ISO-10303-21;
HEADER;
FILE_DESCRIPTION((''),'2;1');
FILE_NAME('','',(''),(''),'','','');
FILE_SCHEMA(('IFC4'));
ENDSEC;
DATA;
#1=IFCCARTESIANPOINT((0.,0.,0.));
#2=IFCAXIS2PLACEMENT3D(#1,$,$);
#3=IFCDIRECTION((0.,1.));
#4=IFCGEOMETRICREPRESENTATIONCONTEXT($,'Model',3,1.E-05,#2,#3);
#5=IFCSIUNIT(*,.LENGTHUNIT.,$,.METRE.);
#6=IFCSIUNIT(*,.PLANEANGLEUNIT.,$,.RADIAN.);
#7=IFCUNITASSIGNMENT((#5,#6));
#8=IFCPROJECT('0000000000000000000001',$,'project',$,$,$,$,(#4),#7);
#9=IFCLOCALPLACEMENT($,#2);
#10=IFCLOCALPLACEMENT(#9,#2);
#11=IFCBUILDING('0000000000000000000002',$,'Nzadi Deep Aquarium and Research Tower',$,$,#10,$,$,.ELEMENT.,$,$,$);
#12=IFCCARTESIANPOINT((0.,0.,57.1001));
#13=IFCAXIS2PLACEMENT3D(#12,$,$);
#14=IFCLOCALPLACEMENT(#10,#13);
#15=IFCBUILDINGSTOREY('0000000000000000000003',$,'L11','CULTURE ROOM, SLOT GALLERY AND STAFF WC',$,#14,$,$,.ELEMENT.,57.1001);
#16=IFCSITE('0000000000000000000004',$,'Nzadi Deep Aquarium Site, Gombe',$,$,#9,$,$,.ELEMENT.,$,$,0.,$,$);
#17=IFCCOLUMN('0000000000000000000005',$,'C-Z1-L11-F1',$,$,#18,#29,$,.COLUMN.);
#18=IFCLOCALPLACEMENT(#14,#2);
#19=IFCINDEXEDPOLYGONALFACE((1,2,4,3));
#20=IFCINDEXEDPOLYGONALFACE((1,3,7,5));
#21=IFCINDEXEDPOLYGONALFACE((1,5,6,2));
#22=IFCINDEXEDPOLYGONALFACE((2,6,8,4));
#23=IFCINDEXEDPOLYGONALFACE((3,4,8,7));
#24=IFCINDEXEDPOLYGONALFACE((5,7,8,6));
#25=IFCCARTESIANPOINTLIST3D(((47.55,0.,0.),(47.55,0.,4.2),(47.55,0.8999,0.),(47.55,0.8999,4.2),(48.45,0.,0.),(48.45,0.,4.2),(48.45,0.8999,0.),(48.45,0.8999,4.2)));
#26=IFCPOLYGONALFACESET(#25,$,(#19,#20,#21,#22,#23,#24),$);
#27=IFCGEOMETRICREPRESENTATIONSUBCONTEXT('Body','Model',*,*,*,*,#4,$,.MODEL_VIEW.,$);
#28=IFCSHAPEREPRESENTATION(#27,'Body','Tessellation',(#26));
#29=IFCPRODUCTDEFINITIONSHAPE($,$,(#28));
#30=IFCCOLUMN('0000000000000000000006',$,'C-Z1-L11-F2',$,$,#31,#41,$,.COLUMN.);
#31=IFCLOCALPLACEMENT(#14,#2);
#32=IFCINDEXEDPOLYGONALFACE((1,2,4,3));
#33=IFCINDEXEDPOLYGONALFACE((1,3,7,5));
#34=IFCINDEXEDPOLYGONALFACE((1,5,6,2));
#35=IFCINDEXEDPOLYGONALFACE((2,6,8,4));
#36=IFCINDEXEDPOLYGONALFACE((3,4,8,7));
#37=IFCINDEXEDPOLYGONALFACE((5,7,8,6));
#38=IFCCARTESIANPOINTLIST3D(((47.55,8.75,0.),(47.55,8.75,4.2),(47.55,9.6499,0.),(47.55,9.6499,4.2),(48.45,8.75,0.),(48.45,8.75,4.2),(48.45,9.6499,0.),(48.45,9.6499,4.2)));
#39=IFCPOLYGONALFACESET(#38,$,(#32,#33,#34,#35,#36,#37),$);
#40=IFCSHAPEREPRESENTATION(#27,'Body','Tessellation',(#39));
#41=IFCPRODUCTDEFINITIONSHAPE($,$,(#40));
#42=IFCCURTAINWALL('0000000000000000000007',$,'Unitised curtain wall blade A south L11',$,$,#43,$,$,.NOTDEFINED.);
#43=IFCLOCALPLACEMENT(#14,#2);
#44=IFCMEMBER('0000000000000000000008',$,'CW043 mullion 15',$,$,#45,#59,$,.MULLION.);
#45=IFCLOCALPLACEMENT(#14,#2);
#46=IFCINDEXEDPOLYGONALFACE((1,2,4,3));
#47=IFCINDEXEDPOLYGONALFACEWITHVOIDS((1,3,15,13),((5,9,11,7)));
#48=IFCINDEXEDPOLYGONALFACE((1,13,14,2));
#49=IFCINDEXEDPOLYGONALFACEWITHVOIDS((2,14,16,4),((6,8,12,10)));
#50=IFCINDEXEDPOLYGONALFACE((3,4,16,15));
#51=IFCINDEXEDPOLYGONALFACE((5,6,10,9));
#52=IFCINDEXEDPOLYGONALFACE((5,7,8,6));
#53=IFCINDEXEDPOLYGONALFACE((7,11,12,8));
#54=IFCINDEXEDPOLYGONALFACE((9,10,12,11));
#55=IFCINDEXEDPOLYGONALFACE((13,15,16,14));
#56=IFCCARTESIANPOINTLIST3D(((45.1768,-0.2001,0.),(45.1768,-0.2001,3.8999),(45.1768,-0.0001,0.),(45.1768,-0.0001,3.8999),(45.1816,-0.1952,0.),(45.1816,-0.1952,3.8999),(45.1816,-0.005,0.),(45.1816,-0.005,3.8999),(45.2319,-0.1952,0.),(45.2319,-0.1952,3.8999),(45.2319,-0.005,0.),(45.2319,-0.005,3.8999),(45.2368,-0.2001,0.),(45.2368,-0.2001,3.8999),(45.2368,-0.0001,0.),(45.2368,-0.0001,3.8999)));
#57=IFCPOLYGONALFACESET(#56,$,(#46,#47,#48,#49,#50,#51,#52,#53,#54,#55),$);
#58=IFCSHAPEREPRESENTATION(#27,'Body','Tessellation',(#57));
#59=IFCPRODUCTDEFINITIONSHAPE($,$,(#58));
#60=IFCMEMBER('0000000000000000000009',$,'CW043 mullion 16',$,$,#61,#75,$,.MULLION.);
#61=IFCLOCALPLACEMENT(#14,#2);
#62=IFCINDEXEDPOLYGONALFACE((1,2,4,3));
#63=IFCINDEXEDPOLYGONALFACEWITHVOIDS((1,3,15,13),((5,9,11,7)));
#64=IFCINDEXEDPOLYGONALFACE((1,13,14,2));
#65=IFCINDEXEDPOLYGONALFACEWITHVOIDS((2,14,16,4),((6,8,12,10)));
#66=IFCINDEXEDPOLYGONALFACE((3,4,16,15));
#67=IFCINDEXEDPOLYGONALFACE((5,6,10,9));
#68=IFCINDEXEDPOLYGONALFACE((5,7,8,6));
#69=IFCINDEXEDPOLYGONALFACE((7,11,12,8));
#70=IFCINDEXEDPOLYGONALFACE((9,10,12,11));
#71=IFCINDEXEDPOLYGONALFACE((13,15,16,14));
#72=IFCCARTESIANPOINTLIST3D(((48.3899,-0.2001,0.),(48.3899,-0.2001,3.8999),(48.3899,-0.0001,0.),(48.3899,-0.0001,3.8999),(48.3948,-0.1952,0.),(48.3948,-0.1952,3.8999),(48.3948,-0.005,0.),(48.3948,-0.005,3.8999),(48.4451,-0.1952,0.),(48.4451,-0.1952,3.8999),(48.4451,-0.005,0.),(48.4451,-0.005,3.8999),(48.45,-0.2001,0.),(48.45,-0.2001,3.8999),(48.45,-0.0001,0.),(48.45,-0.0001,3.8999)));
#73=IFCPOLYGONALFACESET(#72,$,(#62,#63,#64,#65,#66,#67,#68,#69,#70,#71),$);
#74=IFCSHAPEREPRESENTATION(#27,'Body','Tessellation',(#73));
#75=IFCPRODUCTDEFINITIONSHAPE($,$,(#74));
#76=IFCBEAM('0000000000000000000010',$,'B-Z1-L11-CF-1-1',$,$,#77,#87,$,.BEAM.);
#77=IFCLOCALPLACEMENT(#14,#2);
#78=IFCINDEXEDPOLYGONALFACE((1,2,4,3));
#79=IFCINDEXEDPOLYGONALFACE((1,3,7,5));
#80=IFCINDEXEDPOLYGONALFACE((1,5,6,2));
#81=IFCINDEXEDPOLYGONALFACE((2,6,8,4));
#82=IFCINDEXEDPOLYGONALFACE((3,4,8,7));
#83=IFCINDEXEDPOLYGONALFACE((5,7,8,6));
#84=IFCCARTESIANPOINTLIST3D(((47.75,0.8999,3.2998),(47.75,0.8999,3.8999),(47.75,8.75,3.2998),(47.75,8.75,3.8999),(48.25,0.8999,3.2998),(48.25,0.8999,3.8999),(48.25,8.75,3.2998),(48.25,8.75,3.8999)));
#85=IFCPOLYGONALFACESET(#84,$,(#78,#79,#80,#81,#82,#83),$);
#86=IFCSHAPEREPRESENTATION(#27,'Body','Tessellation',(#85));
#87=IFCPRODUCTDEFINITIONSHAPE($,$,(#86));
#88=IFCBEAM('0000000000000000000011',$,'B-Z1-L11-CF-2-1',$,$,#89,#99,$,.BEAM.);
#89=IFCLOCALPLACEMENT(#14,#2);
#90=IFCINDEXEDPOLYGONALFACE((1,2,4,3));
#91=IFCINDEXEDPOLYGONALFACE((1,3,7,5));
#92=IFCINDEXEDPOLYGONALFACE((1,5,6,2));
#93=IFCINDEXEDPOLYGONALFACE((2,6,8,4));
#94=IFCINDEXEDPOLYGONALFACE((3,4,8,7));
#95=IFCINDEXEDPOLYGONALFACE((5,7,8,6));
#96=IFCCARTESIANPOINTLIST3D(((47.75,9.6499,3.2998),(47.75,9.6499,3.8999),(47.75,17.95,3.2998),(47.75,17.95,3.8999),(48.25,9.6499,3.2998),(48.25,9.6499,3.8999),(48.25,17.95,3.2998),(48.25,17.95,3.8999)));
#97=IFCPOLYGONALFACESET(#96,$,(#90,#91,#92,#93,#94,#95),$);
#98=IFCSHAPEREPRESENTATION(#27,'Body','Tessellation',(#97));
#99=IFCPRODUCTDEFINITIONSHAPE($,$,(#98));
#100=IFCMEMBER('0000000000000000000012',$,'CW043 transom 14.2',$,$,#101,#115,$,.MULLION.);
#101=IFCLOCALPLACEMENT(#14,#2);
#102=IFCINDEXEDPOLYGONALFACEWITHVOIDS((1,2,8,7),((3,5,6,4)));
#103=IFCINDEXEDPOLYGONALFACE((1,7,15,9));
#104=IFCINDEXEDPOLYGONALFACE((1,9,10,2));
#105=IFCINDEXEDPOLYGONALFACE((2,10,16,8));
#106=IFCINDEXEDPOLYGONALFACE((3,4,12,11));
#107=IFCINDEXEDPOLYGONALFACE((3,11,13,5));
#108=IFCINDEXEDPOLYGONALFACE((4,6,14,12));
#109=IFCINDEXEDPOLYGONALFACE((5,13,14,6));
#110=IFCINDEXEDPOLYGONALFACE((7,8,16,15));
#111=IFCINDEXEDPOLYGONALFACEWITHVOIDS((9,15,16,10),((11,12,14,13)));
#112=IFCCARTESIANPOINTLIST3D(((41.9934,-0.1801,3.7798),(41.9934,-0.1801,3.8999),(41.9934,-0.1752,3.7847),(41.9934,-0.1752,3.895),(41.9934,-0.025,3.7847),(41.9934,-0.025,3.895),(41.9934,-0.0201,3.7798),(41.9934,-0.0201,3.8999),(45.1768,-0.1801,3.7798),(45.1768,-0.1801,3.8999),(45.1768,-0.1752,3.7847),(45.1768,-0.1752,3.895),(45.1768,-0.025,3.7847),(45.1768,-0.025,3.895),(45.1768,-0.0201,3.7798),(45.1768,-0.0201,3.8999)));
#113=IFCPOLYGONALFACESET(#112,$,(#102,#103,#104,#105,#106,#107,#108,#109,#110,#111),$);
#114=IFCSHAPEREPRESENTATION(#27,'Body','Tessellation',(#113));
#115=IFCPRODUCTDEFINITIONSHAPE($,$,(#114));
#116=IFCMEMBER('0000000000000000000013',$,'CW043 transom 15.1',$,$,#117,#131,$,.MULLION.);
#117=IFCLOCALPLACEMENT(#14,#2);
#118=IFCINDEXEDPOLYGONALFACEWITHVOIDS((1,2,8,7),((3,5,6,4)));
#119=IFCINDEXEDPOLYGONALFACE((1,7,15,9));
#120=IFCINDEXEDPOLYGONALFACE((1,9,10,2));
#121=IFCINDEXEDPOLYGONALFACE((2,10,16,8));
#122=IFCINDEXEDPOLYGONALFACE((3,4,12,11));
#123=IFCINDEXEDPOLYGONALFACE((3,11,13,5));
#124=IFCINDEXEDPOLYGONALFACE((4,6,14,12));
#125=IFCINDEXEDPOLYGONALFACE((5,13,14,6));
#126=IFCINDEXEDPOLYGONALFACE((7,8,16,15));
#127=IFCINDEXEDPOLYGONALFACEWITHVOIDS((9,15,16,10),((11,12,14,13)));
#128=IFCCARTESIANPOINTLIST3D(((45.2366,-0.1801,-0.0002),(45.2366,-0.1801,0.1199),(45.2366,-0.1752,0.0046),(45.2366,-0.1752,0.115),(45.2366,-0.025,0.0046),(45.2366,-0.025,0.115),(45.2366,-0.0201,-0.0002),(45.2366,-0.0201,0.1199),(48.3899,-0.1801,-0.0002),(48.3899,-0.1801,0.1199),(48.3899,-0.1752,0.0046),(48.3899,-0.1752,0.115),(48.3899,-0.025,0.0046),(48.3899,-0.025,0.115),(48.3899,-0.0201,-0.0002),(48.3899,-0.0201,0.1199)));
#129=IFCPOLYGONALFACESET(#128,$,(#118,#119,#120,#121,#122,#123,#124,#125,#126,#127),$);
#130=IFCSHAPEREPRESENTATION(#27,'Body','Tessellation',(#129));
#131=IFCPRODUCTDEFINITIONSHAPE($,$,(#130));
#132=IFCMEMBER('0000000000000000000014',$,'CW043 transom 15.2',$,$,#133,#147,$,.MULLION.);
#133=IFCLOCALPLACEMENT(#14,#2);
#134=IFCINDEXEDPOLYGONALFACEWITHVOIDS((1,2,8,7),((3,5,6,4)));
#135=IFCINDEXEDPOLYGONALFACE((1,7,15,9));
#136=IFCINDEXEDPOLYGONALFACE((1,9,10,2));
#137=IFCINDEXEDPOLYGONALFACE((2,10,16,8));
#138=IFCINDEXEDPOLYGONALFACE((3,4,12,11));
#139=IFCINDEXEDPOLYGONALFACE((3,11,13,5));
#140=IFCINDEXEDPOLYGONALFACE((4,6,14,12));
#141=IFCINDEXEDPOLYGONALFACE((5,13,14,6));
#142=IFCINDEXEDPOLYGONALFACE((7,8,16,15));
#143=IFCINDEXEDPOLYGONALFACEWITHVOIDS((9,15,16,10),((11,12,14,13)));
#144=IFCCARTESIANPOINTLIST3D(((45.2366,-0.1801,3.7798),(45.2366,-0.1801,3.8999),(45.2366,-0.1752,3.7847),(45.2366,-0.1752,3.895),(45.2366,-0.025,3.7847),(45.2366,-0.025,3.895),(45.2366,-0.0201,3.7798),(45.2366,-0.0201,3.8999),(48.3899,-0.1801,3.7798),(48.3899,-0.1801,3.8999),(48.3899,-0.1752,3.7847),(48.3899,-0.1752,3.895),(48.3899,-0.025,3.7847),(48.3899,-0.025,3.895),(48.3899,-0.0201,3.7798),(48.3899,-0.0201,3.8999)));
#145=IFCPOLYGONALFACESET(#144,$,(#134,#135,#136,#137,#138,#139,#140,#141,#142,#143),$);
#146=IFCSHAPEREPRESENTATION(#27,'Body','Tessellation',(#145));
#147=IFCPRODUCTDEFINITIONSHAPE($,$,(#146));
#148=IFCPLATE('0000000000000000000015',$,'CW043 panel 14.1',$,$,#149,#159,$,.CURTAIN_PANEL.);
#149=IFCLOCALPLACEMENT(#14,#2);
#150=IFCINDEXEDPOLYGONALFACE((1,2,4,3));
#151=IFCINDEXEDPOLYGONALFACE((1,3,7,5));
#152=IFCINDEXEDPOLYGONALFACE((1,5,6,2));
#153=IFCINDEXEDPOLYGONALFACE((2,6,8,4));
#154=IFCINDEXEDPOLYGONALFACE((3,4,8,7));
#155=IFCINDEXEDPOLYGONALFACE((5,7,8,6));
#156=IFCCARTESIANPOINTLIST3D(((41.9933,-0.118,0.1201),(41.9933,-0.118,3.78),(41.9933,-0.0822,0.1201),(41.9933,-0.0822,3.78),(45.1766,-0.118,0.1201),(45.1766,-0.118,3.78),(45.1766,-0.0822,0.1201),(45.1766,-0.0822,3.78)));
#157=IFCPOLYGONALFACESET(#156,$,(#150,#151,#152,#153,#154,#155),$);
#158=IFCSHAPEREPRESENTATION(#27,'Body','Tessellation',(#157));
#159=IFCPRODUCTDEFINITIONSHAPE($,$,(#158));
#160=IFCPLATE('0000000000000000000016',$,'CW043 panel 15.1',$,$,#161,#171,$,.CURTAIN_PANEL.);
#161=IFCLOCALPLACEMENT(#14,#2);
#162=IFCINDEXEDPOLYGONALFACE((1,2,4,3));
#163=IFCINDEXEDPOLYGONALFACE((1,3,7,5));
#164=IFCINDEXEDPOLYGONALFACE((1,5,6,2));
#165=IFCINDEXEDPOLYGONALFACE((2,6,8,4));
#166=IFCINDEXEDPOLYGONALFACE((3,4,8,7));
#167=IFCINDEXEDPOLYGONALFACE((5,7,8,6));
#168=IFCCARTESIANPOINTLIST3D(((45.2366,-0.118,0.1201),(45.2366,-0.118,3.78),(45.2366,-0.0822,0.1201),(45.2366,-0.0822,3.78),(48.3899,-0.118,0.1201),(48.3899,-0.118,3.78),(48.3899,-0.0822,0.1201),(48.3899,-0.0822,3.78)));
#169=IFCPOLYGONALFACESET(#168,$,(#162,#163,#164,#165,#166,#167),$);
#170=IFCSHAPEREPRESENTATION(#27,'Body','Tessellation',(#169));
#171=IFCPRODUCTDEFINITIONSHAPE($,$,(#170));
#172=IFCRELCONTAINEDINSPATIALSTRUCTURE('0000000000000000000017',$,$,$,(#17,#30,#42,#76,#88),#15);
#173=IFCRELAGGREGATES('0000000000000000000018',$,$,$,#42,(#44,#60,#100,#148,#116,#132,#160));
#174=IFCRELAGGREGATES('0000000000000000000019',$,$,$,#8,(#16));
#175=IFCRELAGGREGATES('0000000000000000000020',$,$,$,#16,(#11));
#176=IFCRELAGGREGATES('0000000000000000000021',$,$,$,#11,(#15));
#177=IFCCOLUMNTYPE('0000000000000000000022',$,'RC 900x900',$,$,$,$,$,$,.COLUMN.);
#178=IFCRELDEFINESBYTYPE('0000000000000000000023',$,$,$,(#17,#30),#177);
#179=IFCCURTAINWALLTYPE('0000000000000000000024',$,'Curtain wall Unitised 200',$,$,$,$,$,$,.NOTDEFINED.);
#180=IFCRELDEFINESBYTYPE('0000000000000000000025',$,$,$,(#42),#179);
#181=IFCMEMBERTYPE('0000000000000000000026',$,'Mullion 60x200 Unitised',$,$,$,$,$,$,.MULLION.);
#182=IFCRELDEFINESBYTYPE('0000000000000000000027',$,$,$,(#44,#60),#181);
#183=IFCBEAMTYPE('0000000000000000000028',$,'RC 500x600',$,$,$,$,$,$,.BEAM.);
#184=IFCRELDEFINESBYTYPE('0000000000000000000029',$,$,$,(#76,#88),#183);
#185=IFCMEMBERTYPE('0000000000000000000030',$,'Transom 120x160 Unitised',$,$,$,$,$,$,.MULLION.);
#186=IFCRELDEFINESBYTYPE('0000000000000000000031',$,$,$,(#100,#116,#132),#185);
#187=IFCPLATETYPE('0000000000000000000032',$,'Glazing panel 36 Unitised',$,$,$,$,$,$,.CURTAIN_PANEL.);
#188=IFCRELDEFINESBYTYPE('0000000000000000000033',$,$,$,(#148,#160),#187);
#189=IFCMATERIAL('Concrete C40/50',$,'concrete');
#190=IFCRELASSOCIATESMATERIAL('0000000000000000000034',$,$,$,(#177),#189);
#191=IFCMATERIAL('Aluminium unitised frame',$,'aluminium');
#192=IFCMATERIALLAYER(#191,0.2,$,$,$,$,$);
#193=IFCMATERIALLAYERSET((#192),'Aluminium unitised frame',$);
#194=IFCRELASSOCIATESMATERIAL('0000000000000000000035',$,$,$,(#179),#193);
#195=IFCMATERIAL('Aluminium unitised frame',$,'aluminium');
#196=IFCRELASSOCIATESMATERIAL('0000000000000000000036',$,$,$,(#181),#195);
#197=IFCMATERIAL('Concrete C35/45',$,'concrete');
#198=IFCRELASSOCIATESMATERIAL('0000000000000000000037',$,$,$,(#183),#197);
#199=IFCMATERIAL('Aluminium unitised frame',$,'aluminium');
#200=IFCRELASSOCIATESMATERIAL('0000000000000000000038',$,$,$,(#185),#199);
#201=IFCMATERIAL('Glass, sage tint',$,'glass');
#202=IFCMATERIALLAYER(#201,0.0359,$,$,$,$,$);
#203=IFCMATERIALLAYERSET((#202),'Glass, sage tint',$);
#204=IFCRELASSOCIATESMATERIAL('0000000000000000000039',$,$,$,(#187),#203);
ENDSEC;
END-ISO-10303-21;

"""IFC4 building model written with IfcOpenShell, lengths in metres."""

from ifc_helpers import new_model, si_unit, direction, frame, origin, origin_2d, place, context, subcontext, project, spatial, rectangle, hollow_rectangle, extrude, material, layer, layer_set, material_profile, profile_set, type_object, element, aggregate, save


model = new_model("IFC4")

# Units and contexts
model_context = context("Model", 3, precision=1e-05, world=origin(), true_north=direction((0.0, 1.0)))
body_context = subcontext(model_context, "Body", "Model", "MODEL_VIEW")
ifc_project = project(units=[si_unit("LENGTHUNIT", "METRE"), si_unit("PLANEANGLEUNIT", "RADIAN")], contexts=[model_context])

# Site, building, storey
site_placement = place(None, origin())
site = spatial("IfcSite", under=ifc_project, at=site_placement, Name="Nzadi Deep Aquarium Site, Gombe", CompositionType="ELEMENT", RefElevation=0.0)
building_placement = place(site_placement, origin())
building = spatial("IfcBuilding", under=site, at=building_placement, Name="Nzadi Deep Aquarium and Research Tower", CompositionType="ELEMENT")
storey_placement = place(building_placement, frame((0.0, 0.0, 57.1001)))
storey = spatial("IfcBuildingStorey", under=building, at=storey_placement, Name="L11", Description="CULTURE ROOM, SLOT GALLERY AND STAFF WC", CompositionType="ELEMENT", Elevation=57.1001)

# Columns
ifc_material_1 = material(Name="Concrete C40/50", Category="concrete")
ifc_material_profile_1 = material_profile(ifc_material_1, rectangle(XDim=0.8999, YDim=0.8999, at=origin_2d()))
ifc_profile_set_1 = profile_set([ifc_material_profile_1], Name="Concrete C40/50")
column_type = type_object("IfcColumnType", Name="RC 900x900", PredefinedType="COLUMN", material=ifc_profile_set_1)
for number, where, z_axis, x_axis, name in (
    (1, (48.0, 0.45, 0.0), (0.0, 0.0, 1.0), (1.0, 0.0, 0.0), "C-Z1-L11-F1"),
    (2, (48.0, 9.2, 0.0), (0.0, 0.0, 1.0), (1.0, 0.0, 0.0), "C-Z1-L11-F2"),
):
    element("IfcColumn", number, at=place(storey_placement, frame(where, z_axis=z_axis, x_axis=x_axis)), inside=storey, type_object=column_type, Name=name, PredefinedType="COLUMN", context=body_context, shape_type="SweptSolid", body=[
        extrude(rectangle(XDim=0.8999, YDim=0.8999, at=origin_2d()), origin(), (0.0, 0.0, 1.0), 4.2),
    ])

# Curtain wall, members
ifc_material_2 = material(Name="Aluminium unitised frame", Category="aluminium")
ifc_layer_1 = layer(ifc_material_2, 0.2)
ifc_layer_set_1 = layer_set([ifc_layer_1], Name="Aluminium unitised frame")
curtain_wall_type = type_object("IfcCurtainWallType", Name="Curtain wall Unitised 200", PredefinedType="NOTDEFINED", material=ifc_layer_set_1)
curtain_wall_placement = place(storey_placement, origin())
curtain_wall = element("IfcCurtainWall", 3, at=curtain_wall_placement, inside=storey, type_object=curtain_wall_type, Name="Unitised curtain wall blade A south L11", PredefinedType="NOTDEFINED")
ifc_material_3 = material(Name="Aluminium unitised frame", Category="aluminium")
ifc_material_profile_2 = material_profile(ifc_material_3, hollow_rectangle(XDim=0.2, YDim=0.0601, WallThickness=0.0049, at=origin_2d()))
ifc_profile_set_2 = profile_set([ifc_material_profile_2], Name="Aluminium unitised frame")
member_type_1 = type_object("IfcMemberType", Name="Mullion 60x200 Unitised", PredefinedType="MULLION", material=ifc_profile_set_2)
member_1_placement = place(storey_placement, frame((45.2068, -0.1001, 0.0), z_axis=(0.0, 0.0, 1.0), x_axis=(0.0, 1.0, 0.0)))
member_1 = element("IfcMember", 4, at=member_1_placement, type_object=member_type_1, Name="CW043 mullion 15", PredefinedType="MULLION", context=body_context, shape_type="SweptSolid", body=[
    extrude(hollow_rectangle(XDim=0.2, YDim=0.0601, WallThickness=0.0049, at=origin_2d()), origin(), (0.0, 0.0, 1.0), 3.8999),
])
member_2_placement = place(storey_placement, frame((48.4199, -0.1001, 0.0), z_axis=(0.0, 0.0, 1.0), x_axis=(0.0, 1.0, 0.0)))
member_2 = element("IfcMember", 5, at=member_2_placement, type_object=member_type_1, Name="CW043 mullion 16", PredefinedType="MULLION", context=body_context, shape_type="SweptSolid", body=[
    extrude(hollow_rectangle(XDim=0.2, YDim=0.0601, WallThickness=0.0049, at=origin_2d()), origin(), (0.0, 0.0, 1.0), 3.8999),
])

# Beams
ifc_material_4 = material(Name="Concrete C35/45", Category="concrete")
ifc_material_profile_3 = material_profile(ifc_material_4, rectangle(XDim=0.5, YDim=0.6001, at=origin_2d()))
ifc_profile_set_3 = profile_set([ifc_material_profile_3], Name="Concrete C35/45")
beam_type = type_object("IfcBeamType", Name="RC 500x600", PredefinedType="BEAM", material=ifc_profile_set_3)
beam_1_placement = place(storey_placement, frame((48.0, 0.8999, 3.5999), z_axis=(0.0, 1.0, 0.0), x_axis=(-1.0, 0.0, 0.0)))
element("IfcBeam", 6, at=beam_1_placement, inside=storey, type_object=beam_type, Name="B-Z1-L11-CF-1-1", PredefinedType="BEAM", context=body_context, shape_type="SweptSolid", body=[
    extrude(rectangle(XDim=0.5, YDim=0.6001, at=origin_2d()), origin(), (0.0, 0.0, 1.0), 7.8501),
])
beam_2_placement = place(storey_placement, frame((48.0, 9.6499, 3.5999), z_axis=(0.0, 1.0, 0.0), x_axis=(-1.0, 0.0, 0.0)))
element("IfcBeam", 7, at=beam_2_placement, inside=storey, type_object=beam_type, Name="B-Z1-L11-CF-2-1", PredefinedType="BEAM", context=body_context, shape_type="SweptSolid", body=[
    extrude(rectangle(XDim=0.5, YDim=0.6001, at=origin_2d()), origin(), (0.0, 0.0, 1.0), 8.3),
])

# Members
ifc_material_5 = material(Name="Aluminium unitised frame", Category="aluminium")
ifc_material_profile_4 = material_profile(ifc_material_5, hollow_rectangle(XDim=0.1599, YDim=0.1201, WallThickness=0.0049, at=origin_2d()))
ifc_profile_set_4 = profile_set([ifc_material_profile_4], Name="Aluminium unitised frame")
member_type_2 = type_object("IfcMemberType", Name="Transom 120x160 Unitised", PredefinedType="MULLION", material=ifc_profile_set_4)
member_3_placement = place(storey_placement, frame((41.9934, -0.1001, 3.8398), z_axis=(1.0, 0.0, 0.0), x_axis=(0.0, 1.0, 0.0)))
member_3 = element("IfcMember", 8, at=member_3_placement, type_object=member_type_2, Name="CW043 transom 14.2", PredefinedType="MULLION", context=body_context, shape_type="SweptSolid", body=[
    extrude(hollow_rectangle(XDim=0.1599, YDim=0.1201, WallThickness=0.0049, at=origin_2d()), origin(), (0.0, 0.0, 1.0), 3.1833),
])
member_4_placement = place(storey_placement, frame((45.2366, -0.1001, 0.0598), z_axis=(1.0, 0.0, 0.0), x_axis=(0.0, 1.0, 0.0)))
member_4 = element("IfcMember", 9, at=member_4_placement, type_object=member_type_2, Name="CW043 transom 15.1", PredefinedType="MULLION", context=body_context, shape_type="SweptSolid", body=[
    extrude(hollow_rectangle(XDim=0.1599, YDim=0.1201, WallThickness=0.0049, at=origin_2d()), origin(), (0.0, 0.0, 1.0), 3.1533),
])
member_5_placement = place(storey_placement, frame((45.2366, -0.1001, 3.8398), z_axis=(1.0, 0.0, 0.0), x_axis=(0.0, 1.0, 0.0)))
member_5 = element("IfcMember", 10, at=member_5_placement, type_object=member_type_2, Name="CW043 transom 15.2", PredefinedType="MULLION", context=body_context, shape_type="SweptSolid", body=[
    extrude(hollow_rectangle(XDim=0.1599, YDim=0.1201, WallThickness=0.0049, at=origin_2d()), origin(), (0.0, 0.0, 1.0), 3.1533),
])

# Plates
ifc_material_6 = material(Name="Glass, sage tint", Category="glass")
ifc_layer_2 = layer(ifc_material_6, 0.0359)
ifc_layer_set_2 = layer_set([ifc_layer_2], Name="Glass, sage tint")
plate_type = type_object("IfcPlateType", Name="Glazing panel 36 Unitised", PredefinedType="CURTAIN_PANEL", material=ifc_layer_set_2)
plate_1_placement = place(storey_placement, frame((43.585, -0.1001, 0.1201), z_axis=(0.0, 0.0, 1.0), x_axis=(1.0, 0.0, 0.0)))
plate_1 = element("IfcPlate", 11, at=plate_1_placement, type_object=plate_type, Name="CW043 panel 14.1", PredefinedType="CURTAIN_PANEL", context=body_context, shape_type="SweptSolid", body=[
    extrude(rectangle(XDim=3.1833, YDim=0.0359, at=origin_2d()), origin(), (0.0, 0.0, 1.0), 3.6599),
])
plate_2_placement = place(storey_placement, frame((46.8132, -0.1001, 0.1201), z_axis=(0.0, 0.0, 1.0), x_axis=(1.0, 0.0, 0.0)))
plate_2 = element("IfcPlate", 12, at=plate_2_placement, type_object=plate_type, Name="CW043 panel 15.1", PredefinedType="CURTAIN_PANEL", context=body_context, shape_type="SweptSolid", body=[
    extrude(rectangle(XDim=3.1533, YDim=0.0359, at=origin_2d()), origin(), (0.0, 0.0, 1.0), 3.6599),
])
aggregate(curtain_wall, [member_1, member_2, member_3, plate_1, member_4, member_5, plate_2])

save(model, "model.ifc")
